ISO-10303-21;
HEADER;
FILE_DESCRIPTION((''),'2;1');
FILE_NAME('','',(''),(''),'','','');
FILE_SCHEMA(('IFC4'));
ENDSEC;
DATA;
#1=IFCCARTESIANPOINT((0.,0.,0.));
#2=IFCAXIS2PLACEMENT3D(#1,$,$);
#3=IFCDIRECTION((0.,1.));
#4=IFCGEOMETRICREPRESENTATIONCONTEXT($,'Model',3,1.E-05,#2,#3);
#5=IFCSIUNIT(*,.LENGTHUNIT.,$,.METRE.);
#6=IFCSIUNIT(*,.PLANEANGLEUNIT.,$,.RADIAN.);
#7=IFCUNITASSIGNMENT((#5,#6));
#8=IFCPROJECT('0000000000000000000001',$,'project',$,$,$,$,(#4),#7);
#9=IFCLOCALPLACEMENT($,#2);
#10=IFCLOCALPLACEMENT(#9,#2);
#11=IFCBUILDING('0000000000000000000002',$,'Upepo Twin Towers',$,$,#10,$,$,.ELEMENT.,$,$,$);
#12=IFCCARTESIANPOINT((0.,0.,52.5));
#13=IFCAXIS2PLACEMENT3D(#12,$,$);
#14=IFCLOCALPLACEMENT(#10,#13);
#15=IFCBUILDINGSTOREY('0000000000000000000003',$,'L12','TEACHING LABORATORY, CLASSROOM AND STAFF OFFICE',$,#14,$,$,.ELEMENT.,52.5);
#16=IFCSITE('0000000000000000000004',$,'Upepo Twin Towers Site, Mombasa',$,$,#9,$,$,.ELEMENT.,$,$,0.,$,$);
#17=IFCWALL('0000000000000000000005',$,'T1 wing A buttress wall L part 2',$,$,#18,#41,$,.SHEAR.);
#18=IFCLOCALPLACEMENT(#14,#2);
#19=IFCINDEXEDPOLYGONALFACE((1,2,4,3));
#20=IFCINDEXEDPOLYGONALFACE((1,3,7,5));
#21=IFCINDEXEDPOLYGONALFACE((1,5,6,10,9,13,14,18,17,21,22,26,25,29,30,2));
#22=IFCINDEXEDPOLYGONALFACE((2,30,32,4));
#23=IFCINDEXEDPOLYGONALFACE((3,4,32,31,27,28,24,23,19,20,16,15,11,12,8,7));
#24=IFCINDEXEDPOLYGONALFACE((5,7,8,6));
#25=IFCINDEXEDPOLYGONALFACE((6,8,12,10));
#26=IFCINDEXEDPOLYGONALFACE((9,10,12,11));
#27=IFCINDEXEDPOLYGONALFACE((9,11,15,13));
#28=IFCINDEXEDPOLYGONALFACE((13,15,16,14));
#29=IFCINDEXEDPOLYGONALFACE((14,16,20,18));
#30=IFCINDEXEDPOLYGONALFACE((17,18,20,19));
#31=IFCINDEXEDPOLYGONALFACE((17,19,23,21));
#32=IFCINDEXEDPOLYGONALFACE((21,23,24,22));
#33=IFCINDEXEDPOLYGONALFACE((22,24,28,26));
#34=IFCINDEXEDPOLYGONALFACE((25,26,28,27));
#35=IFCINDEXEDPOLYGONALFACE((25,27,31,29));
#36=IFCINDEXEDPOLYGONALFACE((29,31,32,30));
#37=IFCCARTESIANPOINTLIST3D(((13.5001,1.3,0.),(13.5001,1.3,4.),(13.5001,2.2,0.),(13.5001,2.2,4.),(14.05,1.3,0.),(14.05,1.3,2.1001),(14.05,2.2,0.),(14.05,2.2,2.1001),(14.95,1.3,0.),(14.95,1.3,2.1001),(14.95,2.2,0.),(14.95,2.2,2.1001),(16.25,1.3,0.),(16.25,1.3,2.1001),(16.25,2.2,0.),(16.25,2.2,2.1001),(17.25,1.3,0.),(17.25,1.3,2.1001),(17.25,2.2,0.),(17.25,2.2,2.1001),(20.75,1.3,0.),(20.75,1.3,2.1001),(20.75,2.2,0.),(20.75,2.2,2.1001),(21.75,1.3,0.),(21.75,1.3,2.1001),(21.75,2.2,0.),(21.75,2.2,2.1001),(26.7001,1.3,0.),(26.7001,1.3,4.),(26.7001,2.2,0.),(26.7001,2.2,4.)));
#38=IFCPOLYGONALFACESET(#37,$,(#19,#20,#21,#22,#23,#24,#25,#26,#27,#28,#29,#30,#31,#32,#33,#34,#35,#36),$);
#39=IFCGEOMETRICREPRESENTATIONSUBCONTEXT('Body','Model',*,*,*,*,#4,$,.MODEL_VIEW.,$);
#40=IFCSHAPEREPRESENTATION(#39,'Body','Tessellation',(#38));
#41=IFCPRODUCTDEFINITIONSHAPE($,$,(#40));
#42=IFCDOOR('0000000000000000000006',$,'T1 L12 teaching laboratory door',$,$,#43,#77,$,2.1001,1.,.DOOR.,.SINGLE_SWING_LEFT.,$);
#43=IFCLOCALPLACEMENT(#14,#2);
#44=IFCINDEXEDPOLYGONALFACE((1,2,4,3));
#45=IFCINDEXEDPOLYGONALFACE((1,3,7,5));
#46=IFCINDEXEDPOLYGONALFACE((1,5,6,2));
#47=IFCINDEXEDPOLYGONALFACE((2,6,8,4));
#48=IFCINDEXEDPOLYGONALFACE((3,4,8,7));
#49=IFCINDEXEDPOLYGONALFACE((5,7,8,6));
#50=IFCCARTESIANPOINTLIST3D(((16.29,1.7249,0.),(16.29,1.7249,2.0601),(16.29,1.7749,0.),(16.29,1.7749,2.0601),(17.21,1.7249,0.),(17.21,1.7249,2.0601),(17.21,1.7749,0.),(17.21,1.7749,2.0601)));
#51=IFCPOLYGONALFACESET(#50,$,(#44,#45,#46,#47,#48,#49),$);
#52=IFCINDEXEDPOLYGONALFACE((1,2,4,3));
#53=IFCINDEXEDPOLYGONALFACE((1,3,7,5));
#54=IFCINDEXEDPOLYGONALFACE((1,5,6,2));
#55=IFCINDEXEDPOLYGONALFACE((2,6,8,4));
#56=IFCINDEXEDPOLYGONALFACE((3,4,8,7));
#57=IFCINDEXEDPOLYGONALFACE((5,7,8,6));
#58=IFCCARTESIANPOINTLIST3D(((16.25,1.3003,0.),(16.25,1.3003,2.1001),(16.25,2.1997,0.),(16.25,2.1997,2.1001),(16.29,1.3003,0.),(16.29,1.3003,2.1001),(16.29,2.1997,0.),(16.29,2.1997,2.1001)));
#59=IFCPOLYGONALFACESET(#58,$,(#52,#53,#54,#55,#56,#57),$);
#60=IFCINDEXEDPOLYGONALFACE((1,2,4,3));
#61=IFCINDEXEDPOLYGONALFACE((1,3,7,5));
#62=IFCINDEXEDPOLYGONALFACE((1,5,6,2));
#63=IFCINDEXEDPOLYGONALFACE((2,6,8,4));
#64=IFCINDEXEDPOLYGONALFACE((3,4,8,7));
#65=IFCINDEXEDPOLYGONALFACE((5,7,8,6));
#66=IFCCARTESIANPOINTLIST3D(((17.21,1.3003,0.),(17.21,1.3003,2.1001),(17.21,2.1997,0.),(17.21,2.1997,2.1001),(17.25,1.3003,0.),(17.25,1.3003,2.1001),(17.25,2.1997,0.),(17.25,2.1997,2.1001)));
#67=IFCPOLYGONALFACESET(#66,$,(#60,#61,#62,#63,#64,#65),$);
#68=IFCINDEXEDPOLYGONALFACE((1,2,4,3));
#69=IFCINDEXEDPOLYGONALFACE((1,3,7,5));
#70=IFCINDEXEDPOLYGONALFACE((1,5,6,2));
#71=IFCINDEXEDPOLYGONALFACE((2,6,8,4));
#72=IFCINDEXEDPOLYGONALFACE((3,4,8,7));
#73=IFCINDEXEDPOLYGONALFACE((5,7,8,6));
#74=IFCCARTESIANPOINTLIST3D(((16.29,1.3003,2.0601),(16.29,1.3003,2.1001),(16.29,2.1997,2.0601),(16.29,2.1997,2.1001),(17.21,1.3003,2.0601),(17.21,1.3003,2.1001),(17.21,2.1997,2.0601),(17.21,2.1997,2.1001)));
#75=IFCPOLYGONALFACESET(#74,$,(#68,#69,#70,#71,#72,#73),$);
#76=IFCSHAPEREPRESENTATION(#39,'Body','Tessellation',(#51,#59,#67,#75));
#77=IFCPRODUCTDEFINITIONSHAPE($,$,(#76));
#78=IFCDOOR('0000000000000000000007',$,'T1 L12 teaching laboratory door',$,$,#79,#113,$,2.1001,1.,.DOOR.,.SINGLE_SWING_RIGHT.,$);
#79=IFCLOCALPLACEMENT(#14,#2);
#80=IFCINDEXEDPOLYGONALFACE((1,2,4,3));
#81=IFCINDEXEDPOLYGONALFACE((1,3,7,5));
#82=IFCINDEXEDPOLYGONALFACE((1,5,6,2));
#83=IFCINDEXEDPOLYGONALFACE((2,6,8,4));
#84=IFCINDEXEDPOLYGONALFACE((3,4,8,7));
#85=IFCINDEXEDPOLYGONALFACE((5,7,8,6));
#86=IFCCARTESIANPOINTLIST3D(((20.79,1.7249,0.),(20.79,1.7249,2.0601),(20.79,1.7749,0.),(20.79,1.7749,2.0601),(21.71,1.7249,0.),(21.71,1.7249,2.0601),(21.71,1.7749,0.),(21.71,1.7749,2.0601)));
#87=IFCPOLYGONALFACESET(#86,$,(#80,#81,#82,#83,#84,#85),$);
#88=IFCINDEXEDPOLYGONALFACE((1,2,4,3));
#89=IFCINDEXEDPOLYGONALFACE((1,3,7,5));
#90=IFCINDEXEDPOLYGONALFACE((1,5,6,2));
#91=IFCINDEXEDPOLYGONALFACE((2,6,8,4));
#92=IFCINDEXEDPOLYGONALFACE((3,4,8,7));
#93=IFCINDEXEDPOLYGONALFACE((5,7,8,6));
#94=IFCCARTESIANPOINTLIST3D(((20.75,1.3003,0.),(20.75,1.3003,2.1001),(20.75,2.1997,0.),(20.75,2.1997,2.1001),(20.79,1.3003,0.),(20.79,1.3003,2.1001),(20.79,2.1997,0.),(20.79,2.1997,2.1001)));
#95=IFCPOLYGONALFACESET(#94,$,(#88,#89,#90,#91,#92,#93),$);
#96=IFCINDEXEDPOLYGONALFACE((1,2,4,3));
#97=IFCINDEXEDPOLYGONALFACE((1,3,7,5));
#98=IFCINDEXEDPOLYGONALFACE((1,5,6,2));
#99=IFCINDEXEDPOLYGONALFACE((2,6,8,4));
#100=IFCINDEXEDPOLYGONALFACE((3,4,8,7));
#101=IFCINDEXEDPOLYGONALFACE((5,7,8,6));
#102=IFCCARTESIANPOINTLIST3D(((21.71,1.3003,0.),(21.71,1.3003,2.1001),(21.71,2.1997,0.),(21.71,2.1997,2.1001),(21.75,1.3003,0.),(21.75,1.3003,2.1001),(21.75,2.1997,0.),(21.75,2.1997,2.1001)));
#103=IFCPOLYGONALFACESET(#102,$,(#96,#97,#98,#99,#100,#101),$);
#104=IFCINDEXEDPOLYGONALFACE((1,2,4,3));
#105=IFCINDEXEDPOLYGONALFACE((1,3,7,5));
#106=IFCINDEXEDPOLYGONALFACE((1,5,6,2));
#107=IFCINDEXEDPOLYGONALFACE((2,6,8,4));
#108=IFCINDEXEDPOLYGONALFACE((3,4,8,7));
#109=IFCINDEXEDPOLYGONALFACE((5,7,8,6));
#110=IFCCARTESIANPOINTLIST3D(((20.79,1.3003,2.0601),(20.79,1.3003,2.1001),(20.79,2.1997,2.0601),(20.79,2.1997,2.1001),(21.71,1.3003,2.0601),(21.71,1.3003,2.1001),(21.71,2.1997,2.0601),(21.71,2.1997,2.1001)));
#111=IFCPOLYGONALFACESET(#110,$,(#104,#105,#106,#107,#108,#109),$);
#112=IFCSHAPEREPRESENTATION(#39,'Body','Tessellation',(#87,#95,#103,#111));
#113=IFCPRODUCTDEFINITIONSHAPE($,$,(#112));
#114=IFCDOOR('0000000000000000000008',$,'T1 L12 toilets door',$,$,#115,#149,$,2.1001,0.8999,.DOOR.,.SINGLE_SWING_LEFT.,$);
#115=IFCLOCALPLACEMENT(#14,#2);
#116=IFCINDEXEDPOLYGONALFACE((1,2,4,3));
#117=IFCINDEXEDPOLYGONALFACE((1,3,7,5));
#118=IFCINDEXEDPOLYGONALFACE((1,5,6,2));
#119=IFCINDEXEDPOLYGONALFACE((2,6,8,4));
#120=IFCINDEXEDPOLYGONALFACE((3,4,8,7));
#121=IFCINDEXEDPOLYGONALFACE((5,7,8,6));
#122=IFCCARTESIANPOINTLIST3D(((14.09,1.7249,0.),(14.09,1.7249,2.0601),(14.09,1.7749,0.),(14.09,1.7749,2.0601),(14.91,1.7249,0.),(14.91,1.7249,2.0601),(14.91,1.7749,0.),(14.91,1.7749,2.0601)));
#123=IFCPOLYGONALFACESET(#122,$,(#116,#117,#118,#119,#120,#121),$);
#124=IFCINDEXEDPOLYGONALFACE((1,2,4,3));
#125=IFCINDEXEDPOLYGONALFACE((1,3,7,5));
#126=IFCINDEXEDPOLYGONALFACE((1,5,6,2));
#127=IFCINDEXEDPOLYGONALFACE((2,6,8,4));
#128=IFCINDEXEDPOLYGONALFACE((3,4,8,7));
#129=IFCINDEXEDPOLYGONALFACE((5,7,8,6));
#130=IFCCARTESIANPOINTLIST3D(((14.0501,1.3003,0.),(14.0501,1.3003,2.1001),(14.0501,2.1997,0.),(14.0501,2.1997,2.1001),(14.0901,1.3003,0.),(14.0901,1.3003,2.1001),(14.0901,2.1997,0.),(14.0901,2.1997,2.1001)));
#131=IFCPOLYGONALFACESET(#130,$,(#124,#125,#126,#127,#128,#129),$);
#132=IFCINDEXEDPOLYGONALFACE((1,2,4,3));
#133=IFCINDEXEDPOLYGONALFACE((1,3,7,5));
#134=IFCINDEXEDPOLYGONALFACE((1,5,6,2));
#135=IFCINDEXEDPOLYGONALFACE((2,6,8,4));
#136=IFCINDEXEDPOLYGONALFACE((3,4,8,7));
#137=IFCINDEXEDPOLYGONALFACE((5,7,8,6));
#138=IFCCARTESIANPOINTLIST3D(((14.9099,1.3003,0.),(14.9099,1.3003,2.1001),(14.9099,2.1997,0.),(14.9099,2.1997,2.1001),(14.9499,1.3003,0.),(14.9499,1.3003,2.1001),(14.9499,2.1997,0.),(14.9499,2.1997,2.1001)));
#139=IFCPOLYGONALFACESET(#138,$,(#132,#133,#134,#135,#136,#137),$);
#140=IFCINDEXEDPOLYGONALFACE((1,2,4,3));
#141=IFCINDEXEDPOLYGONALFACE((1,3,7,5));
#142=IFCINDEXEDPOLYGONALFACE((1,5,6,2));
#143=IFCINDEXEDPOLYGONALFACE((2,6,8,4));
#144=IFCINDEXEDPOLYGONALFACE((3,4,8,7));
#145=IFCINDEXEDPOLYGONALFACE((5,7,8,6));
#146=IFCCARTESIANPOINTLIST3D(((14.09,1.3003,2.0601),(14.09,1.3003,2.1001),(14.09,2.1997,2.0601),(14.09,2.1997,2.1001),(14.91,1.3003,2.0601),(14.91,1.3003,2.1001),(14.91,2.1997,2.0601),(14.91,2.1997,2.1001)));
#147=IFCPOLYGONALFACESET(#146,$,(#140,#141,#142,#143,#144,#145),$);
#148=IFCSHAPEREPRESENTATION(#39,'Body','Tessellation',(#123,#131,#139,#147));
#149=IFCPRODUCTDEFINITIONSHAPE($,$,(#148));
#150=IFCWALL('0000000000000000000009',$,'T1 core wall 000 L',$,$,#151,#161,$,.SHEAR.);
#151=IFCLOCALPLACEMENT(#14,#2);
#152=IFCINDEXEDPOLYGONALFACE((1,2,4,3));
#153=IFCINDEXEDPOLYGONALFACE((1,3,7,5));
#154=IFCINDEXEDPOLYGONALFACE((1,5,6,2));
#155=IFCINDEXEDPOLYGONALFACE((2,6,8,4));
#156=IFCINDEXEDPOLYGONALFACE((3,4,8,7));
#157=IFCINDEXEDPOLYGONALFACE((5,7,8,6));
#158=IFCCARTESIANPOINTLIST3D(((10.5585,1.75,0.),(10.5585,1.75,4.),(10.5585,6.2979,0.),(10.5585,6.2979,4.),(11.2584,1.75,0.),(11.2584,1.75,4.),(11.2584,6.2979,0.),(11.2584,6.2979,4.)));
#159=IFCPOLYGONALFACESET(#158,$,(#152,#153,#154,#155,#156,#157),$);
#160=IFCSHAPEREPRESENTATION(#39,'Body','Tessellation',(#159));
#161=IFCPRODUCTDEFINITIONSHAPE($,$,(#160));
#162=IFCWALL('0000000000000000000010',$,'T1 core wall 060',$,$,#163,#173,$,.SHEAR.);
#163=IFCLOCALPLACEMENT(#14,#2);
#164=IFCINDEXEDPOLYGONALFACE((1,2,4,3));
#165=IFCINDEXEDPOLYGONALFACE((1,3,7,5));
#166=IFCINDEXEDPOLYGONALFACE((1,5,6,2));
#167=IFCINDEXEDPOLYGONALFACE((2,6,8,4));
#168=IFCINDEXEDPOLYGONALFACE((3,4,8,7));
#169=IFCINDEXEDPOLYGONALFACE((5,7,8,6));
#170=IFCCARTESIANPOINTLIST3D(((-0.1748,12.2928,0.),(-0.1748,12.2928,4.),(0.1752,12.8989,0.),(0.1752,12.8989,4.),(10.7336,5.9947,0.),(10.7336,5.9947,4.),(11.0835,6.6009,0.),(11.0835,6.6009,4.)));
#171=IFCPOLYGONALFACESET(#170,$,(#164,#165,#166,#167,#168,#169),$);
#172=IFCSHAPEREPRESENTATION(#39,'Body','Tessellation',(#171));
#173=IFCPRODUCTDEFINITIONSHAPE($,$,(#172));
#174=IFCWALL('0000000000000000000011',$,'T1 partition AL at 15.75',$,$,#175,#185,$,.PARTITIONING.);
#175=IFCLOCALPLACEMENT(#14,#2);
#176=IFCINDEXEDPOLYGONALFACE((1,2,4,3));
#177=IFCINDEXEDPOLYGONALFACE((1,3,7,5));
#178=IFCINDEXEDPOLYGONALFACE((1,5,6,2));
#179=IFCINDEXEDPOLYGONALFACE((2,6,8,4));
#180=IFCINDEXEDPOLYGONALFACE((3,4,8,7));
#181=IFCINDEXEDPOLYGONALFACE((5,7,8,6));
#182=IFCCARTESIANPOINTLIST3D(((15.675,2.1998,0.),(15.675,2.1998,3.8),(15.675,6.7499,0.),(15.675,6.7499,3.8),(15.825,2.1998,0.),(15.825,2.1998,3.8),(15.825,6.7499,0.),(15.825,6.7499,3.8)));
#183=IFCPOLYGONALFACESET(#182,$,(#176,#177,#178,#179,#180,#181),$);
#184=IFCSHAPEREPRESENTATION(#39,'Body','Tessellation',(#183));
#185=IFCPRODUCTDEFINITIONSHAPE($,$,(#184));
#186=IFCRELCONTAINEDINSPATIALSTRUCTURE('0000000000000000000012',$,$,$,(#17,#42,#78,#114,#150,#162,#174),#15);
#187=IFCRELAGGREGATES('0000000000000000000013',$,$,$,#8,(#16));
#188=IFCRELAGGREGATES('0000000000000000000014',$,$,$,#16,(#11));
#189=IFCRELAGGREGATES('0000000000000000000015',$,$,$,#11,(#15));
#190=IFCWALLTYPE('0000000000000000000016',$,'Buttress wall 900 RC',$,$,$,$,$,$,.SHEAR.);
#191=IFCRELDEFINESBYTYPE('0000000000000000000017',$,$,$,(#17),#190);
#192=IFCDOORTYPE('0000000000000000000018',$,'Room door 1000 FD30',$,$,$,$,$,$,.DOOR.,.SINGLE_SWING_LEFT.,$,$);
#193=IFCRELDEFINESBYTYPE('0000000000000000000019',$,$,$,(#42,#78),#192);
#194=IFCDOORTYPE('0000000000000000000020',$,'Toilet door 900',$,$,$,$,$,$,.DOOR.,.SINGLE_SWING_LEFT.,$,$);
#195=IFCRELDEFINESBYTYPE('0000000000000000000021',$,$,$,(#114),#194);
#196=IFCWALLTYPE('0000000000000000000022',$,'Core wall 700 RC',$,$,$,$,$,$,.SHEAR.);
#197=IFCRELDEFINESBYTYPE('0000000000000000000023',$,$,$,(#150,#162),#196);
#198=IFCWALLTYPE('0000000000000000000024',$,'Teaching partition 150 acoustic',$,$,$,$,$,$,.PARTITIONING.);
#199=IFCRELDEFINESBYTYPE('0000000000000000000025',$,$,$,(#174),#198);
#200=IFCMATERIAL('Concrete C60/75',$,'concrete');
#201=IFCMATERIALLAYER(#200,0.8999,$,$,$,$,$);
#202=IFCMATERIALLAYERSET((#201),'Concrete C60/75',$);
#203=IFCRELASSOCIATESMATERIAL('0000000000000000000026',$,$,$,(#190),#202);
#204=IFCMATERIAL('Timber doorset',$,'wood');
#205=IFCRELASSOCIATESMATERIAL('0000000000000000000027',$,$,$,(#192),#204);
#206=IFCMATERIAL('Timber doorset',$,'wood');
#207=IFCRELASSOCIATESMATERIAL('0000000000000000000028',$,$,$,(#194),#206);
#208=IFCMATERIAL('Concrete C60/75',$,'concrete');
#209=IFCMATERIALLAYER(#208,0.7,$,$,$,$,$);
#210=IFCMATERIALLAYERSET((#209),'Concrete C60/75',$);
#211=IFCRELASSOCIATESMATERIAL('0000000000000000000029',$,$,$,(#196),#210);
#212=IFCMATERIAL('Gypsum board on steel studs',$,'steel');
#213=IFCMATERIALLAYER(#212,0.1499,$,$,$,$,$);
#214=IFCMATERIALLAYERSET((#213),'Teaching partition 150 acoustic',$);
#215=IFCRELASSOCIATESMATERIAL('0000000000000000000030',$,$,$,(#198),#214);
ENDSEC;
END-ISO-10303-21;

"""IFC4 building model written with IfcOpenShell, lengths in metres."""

from ifc_helpers import new_model, si_unit, direction, frame, frame_2d, origin, place, context, subcontext, project, spatial, rectangle, extrude, material, layer, layer_set, type_object, element, fill, save


model = new_model("IFC4")

# Units and contexts
model_context = context("Model", 3, precision=1e-05, world=origin(), true_north=direction((0.0, 1.0)))
body_context = subcontext(model_context, "Body", "Model", "MODEL_VIEW")
ifc_project = project(units=[si_unit("LENGTHUNIT", "METRE"), si_unit("PLANEANGLEUNIT", "RADIAN")], contexts=[model_context])

# Site, building, storey
site_placement = place(None, origin())
site = spatial("IfcSite", under=ifc_project, at=site_placement, Name="Upepo Twin Towers Site, Mombasa", CompositionType="ELEMENT", RefElevation=0.0)
building_placement = place(site_placement, origin())
building = spatial("IfcBuilding", under=site, at=building_placement, Name="Upepo Twin Towers", CompositionType="ELEMENT")
storey_placement = place(building_placement, frame((0.0, 0.0, 52.5)))
storey = spatial("IfcBuildingStorey", under=building, at=storey_placement, Name="L12", Description="TEACHING LABORATORY, CLASSROOM AND STAFF OFFICE", CompositionType="ELEMENT", Elevation=52.5)

# Wall, openings, doors
ifc_material_1 = material(Name="Concrete C60/75", Category="concrete")
ifc_layer_1 = layer(ifc_material_1, 0.8999)
ifc_layer_set_1 = layer_set([ifc_layer_1], Name="Concrete C60/75")
wall_type_1 = type_object("IfcWallType", Name="Buttress wall 900 RC", PredefinedType="SHEAR", material=ifc_layer_set_1)
wall_1_placement = place(storey_placement, frame((13.5, 1.75, 0.0), z_axis=(0.0, 0.0, 1.0), x_axis=(1.0, 0.0, 0.0)))
wall_1 = element("IfcWall", 1, at=wall_1_placement, inside=storey, type_object=wall_type_1, Name="T1 wing A buttress wall L part 2", PredefinedType="SHEAR", context=body_context, shape_type="SweptSolid", body=[
    extrude(rectangle(XDim=13.2, YDim=0.8999, at=frame_2d((6.6001, 0.0))), origin(), (0.0, 0.0, 1.0), 4.0),
])
opening_1_placement = place(wall_1_placement, frame((0.55, 0.0, 0.0)))
opening_1 = element("IfcOpeningElement", 2, at=opening_1_placement, cuts=wall_1, PredefinedType="OPENING", context=body_context, shape_type="SweptSolid", body=[
    extrude(rectangle(XDim=0.8999, YDim=2.1001, at=frame_2d((0.45, 1.05))), frame((0.0, 0.46, 0.0), z_axis=(0.0, -1.0, 0.0), x_axis=(1.0, 0.0, 0.0)), (0.0, 0.0, 1.0), 0.9199),
])
opening_2_placement = place(wall_1_placement, frame((2.75, 0.0, 0.0)))
opening_2 = element("IfcOpeningElement", 3, at=opening_2_placement, cuts=wall_1, PredefinedType="OPENING", context=body_context, shape_type="SweptSolid", body=[
    extrude(rectangle(XDim=1.0, YDim=2.1001, at=frame_2d((0.5, 1.05))), frame((0.0, 0.46, 0.0), z_axis=(0.0, -1.0, 0.0), x_axis=(1.0, 0.0, 0.0)), (0.0, 0.0, 1.0), 0.9199),
])
opening_3_placement = place(wall_1_placement, frame((7.25, 0.0, 0.0)))
opening_3 = element("IfcOpeningElement", 4, at=opening_3_placement, cuts=wall_1, PredefinedType="OPENING", context=body_context, shape_type="SweptSolid", body=[
    extrude(rectangle(XDim=1.0, YDim=2.1001, at=frame_2d((0.5, 1.05))), frame((0.0, 0.46, 0.0), z_axis=(0.0, -1.0, 0.0), x_axis=(1.0, 0.0, 0.0)), (0.0, 0.0, 1.0), 0.9199),
])
ifc_material_2 = material(Name="Timber doorset", Category="wood")
door_type_1 = type_object("IfcDoorType", Name="Room door 1000 FD30", OperationType="SINGLE_SWING_LEFT", PredefinedType="DOOR", material=ifc_material_2)
door_1_placement = place(opening_2_placement, origin())
door_1 = element("IfcDoor", 5, at=door_1_placement, inside=storey, type_object=door_type_1, Name="T1 L12 teaching laboratory door", OperationType="SINGLE_SWING_LEFT", OverallHeight=2.1001, OverallWidth=1.0, PredefinedType="DOOR", context=body_context, shape_type="SweptSolid", body=[
    extrude(rectangle(XDim=0.92, YDim=2.0601, at=frame_2d((0.5, 1.03))), frame((0.0, 0.0249, 0.0), z_axis=(0.0, -1.0, 0.0), x_axis=(1.0, 0.0, 0.0)), (0.0, 0.0, 1.0), 0.05),
    extrude(rectangle(XDim=0.04, YDim=2.1001, at=frame_2d((0.02, 1.05))), frame((0.0, 0.4497, 0.0), z_axis=(0.0, -1.0, 0.0), x_axis=(1.0, 0.0, 0.0)), (0.0, 0.0, 1.0), 0.8994),
    extrude(rectangle(XDim=0.04, YDim=2.1001, at=frame_2d((0.98, 1.05))), frame((0.0, 0.4497, 0.0), z_axis=(0.0, -1.0, 0.0), x_axis=(1.0, 0.0, 0.0)), (0.0, 0.0, 1.0), 0.8994),
    extrude(rectangle(XDim=0.92, YDim=0.04, at=frame_2d((0.5, 2.0801))), frame((0.0, 0.4497, 0.0), z_axis=(0.0, -1.0, 0.0), x_axis=(1.0, 0.0, 0.0)), (0.0, 0.0, 1.0), 0.8994),
])
fill(opening_2, door_1)
door_2_placement = place(opening_3_placement, origin())
door_2 = element("IfcDoor", 6, at=door_2_placement, inside=storey, type_object=door_type_1, Name="T1 L12 teaching laboratory door", OperationType="SINGLE_SWING_RIGHT", OverallHeight=2.1001, OverallWidth=1.0, PredefinedType="DOOR", context=body_context, shape_type="SweptSolid", body=[
    extrude(rectangle(XDim=0.92, YDim=2.0601, at=frame_2d((0.5, 1.03))), frame((0.0, 0.0249, 0.0), z_axis=(0.0, -1.0, 0.0), x_axis=(1.0, 0.0, 0.0)), (0.0, 0.0, 1.0), 0.05),
    extrude(rectangle(XDim=0.04, YDim=2.1001, at=frame_2d((0.02, 1.05))), frame((0.0, 0.4497, 0.0), z_axis=(0.0, -1.0, 0.0), x_axis=(1.0, 0.0, 0.0)), (0.0, 0.0, 1.0), 0.8994),
    extrude(rectangle(XDim=0.04, YDim=2.1001, at=frame_2d((0.98, 1.05))), frame((0.0, 0.4497, 0.0), z_axis=(0.0, -1.0, 0.0), x_axis=(1.0, 0.0, 0.0)), (0.0, 0.0, 1.0), 0.8994),
    extrude(rectangle(XDim=0.92, YDim=0.04, at=frame_2d((0.5, 2.0801))), frame((0.0, 0.4497, 0.0), z_axis=(0.0, -1.0, 0.0), x_axis=(1.0, 0.0, 0.0)), (0.0, 0.0, 1.0), 0.8994),
])
fill(opening_3, door_2)
ifc_material_3 = material(Name="Timber doorset", Category="wood")
door_type_2 = type_object("IfcDoorType", Name="Toilet door 900", OperationType="SINGLE_SWING_LEFT", PredefinedType="DOOR", material=ifc_material_3)
door_3_placement = place(opening_1_placement, origin())
door_3 = element("IfcDoor", 7, at=door_3_placement, inside=storey, type_object=door_type_2, Name="T1 L12 toilets door", OperationType="SINGLE_SWING_LEFT", OverallHeight=2.1001, OverallWidth=0.8999, PredefinedType="DOOR", context=body_context, shape_type="SweptSolid", body=[
    extrude(rectangle(XDim=0.8199, YDim=2.0601, at=frame_2d((0.45, 1.03))), frame((0.0, 0.0249, 0.0), z_axis=(0.0, -1.0, 0.0), x_axis=(1.0, 0.0, 0.0)), (0.0, 0.0, 1.0), 0.05),
    extrude(rectangle(XDim=0.04, YDim=2.1001, at=frame_2d((0.02, 1.05))), frame((0.0, 0.4497, 0.0), z_axis=(0.0, -1.0, 0.0), x_axis=(1.0, 0.0, 0.0)), (0.0, 0.0, 1.0), 0.8994),
    extrude(rectangle(XDim=0.04, YDim=2.1001, at=frame_2d((0.8799, 1.05))), frame((0.0, 0.4497, 0.0), z_axis=(0.0, -1.0, 0.0), x_axis=(1.0, 0.0, 0.0)), (0.0, 0.0, 1.0), 0.8994),
    extrude(rectangle(XDim=0.8199, YDim=0.04, at=frame_2d((0.45, 2.0801))), frame((0.0, 0.4497, 0.0), z_axis=(0.0, -1.0, 0.0), x_axis=(1.0, 0.0, 0.0)), (0.0, 0.0, 1.0), 0.8994),
])
fill(opening_1, door_3)

# Walls
ifc_material_4 = material(Name="Concrete C60/75", Category="concrete")
ifc_layer_2 = layer(ifc_material_4, 0.7)
ifc_layer_set_2 = layer_set([ifc_layer_2], Name="Concrete C60/75")
wall_type_2 = type_object("IfcWallType", Name="Core wall 700 RC", PredefinedType="SHEAR", material=ifc_layer_set_2)
wall_2_placement = place(storey_placement, frame((10.9084, 1.75, 0.0), z_axis=(0.0, 0.0, 1.0), x_axis=(0.0, 1.0, 0.0)))
element("IfcWall", 8, at=wall_2_placement, inside=storey, type_object=wall_type_2, Name="T1 core wall 000 L", PredefinedType="SHEAR", context=body_context, shape_type="SweptSolid", body=[
    extrude(rectangle(XDim=4.5479, YDim=0.7, at=frame_2d((2.2739, 0.0))), origin(), (0.0, 0.0, 1.0), 4.0),
])
wall_3_placement = place(storey_placement, frame((10.9084, 6.2979, 0.0), z_axis=(0.0, 0.0, 1.0), x_axis=(-0.866022, 0.500006, 0.0)))
element("IfcWall", 9, at=wall_3_placement, inside=storey, type_object=wall_type_2, Name="T1 core wall 060", PredefinedType="SHEAR", context=body_context, shape_type="SweptSolid", body=[
    extrude(rectangle(XDim=12.5959, YDim=0.7, at=frame_2d((6.2979, 0.0))), origin(), (0.0, 0.0, 1.0), 4.0),
])
ifc_material_5 = material(Name="Gypsum board on steel studs", Category="steel")
ifc_layer_3 = layer(ifc_material_5, 0.1499)
ifc_layer_set_3 = layer_set([ifc_layer_3], Name="Teaching partition 150 acoustic")
wall_type_3 = type_object("IfcWallType", Name="Teaching partition 150 acoustic", PredefinedType="PARTITIONING", material=ifc_layer_set_3)
wall_4_placement = place(storey_placement, frame((15.75, 2.2, 0.0), z_axis=(0.0, 0.0, 1.0), x_axis=(0.0, 1.0, 0.0)))
element("IfcWall", 10, at=wall_4_placement, inside=storey, type_object=wall_type_3, Name="T1 partition AL at 15.75", PredefinedType="PARTITIONING", context=body_context, shape_type="SweptSolid", body=[
    extrude(rectangle(XDim=4.55, YDim=0.1499, at=frame_2d((2.2749, 0.0))), origin(), (0.0, 0.0, 1.0), 3.8),
])

save(model, "model.ifc")
